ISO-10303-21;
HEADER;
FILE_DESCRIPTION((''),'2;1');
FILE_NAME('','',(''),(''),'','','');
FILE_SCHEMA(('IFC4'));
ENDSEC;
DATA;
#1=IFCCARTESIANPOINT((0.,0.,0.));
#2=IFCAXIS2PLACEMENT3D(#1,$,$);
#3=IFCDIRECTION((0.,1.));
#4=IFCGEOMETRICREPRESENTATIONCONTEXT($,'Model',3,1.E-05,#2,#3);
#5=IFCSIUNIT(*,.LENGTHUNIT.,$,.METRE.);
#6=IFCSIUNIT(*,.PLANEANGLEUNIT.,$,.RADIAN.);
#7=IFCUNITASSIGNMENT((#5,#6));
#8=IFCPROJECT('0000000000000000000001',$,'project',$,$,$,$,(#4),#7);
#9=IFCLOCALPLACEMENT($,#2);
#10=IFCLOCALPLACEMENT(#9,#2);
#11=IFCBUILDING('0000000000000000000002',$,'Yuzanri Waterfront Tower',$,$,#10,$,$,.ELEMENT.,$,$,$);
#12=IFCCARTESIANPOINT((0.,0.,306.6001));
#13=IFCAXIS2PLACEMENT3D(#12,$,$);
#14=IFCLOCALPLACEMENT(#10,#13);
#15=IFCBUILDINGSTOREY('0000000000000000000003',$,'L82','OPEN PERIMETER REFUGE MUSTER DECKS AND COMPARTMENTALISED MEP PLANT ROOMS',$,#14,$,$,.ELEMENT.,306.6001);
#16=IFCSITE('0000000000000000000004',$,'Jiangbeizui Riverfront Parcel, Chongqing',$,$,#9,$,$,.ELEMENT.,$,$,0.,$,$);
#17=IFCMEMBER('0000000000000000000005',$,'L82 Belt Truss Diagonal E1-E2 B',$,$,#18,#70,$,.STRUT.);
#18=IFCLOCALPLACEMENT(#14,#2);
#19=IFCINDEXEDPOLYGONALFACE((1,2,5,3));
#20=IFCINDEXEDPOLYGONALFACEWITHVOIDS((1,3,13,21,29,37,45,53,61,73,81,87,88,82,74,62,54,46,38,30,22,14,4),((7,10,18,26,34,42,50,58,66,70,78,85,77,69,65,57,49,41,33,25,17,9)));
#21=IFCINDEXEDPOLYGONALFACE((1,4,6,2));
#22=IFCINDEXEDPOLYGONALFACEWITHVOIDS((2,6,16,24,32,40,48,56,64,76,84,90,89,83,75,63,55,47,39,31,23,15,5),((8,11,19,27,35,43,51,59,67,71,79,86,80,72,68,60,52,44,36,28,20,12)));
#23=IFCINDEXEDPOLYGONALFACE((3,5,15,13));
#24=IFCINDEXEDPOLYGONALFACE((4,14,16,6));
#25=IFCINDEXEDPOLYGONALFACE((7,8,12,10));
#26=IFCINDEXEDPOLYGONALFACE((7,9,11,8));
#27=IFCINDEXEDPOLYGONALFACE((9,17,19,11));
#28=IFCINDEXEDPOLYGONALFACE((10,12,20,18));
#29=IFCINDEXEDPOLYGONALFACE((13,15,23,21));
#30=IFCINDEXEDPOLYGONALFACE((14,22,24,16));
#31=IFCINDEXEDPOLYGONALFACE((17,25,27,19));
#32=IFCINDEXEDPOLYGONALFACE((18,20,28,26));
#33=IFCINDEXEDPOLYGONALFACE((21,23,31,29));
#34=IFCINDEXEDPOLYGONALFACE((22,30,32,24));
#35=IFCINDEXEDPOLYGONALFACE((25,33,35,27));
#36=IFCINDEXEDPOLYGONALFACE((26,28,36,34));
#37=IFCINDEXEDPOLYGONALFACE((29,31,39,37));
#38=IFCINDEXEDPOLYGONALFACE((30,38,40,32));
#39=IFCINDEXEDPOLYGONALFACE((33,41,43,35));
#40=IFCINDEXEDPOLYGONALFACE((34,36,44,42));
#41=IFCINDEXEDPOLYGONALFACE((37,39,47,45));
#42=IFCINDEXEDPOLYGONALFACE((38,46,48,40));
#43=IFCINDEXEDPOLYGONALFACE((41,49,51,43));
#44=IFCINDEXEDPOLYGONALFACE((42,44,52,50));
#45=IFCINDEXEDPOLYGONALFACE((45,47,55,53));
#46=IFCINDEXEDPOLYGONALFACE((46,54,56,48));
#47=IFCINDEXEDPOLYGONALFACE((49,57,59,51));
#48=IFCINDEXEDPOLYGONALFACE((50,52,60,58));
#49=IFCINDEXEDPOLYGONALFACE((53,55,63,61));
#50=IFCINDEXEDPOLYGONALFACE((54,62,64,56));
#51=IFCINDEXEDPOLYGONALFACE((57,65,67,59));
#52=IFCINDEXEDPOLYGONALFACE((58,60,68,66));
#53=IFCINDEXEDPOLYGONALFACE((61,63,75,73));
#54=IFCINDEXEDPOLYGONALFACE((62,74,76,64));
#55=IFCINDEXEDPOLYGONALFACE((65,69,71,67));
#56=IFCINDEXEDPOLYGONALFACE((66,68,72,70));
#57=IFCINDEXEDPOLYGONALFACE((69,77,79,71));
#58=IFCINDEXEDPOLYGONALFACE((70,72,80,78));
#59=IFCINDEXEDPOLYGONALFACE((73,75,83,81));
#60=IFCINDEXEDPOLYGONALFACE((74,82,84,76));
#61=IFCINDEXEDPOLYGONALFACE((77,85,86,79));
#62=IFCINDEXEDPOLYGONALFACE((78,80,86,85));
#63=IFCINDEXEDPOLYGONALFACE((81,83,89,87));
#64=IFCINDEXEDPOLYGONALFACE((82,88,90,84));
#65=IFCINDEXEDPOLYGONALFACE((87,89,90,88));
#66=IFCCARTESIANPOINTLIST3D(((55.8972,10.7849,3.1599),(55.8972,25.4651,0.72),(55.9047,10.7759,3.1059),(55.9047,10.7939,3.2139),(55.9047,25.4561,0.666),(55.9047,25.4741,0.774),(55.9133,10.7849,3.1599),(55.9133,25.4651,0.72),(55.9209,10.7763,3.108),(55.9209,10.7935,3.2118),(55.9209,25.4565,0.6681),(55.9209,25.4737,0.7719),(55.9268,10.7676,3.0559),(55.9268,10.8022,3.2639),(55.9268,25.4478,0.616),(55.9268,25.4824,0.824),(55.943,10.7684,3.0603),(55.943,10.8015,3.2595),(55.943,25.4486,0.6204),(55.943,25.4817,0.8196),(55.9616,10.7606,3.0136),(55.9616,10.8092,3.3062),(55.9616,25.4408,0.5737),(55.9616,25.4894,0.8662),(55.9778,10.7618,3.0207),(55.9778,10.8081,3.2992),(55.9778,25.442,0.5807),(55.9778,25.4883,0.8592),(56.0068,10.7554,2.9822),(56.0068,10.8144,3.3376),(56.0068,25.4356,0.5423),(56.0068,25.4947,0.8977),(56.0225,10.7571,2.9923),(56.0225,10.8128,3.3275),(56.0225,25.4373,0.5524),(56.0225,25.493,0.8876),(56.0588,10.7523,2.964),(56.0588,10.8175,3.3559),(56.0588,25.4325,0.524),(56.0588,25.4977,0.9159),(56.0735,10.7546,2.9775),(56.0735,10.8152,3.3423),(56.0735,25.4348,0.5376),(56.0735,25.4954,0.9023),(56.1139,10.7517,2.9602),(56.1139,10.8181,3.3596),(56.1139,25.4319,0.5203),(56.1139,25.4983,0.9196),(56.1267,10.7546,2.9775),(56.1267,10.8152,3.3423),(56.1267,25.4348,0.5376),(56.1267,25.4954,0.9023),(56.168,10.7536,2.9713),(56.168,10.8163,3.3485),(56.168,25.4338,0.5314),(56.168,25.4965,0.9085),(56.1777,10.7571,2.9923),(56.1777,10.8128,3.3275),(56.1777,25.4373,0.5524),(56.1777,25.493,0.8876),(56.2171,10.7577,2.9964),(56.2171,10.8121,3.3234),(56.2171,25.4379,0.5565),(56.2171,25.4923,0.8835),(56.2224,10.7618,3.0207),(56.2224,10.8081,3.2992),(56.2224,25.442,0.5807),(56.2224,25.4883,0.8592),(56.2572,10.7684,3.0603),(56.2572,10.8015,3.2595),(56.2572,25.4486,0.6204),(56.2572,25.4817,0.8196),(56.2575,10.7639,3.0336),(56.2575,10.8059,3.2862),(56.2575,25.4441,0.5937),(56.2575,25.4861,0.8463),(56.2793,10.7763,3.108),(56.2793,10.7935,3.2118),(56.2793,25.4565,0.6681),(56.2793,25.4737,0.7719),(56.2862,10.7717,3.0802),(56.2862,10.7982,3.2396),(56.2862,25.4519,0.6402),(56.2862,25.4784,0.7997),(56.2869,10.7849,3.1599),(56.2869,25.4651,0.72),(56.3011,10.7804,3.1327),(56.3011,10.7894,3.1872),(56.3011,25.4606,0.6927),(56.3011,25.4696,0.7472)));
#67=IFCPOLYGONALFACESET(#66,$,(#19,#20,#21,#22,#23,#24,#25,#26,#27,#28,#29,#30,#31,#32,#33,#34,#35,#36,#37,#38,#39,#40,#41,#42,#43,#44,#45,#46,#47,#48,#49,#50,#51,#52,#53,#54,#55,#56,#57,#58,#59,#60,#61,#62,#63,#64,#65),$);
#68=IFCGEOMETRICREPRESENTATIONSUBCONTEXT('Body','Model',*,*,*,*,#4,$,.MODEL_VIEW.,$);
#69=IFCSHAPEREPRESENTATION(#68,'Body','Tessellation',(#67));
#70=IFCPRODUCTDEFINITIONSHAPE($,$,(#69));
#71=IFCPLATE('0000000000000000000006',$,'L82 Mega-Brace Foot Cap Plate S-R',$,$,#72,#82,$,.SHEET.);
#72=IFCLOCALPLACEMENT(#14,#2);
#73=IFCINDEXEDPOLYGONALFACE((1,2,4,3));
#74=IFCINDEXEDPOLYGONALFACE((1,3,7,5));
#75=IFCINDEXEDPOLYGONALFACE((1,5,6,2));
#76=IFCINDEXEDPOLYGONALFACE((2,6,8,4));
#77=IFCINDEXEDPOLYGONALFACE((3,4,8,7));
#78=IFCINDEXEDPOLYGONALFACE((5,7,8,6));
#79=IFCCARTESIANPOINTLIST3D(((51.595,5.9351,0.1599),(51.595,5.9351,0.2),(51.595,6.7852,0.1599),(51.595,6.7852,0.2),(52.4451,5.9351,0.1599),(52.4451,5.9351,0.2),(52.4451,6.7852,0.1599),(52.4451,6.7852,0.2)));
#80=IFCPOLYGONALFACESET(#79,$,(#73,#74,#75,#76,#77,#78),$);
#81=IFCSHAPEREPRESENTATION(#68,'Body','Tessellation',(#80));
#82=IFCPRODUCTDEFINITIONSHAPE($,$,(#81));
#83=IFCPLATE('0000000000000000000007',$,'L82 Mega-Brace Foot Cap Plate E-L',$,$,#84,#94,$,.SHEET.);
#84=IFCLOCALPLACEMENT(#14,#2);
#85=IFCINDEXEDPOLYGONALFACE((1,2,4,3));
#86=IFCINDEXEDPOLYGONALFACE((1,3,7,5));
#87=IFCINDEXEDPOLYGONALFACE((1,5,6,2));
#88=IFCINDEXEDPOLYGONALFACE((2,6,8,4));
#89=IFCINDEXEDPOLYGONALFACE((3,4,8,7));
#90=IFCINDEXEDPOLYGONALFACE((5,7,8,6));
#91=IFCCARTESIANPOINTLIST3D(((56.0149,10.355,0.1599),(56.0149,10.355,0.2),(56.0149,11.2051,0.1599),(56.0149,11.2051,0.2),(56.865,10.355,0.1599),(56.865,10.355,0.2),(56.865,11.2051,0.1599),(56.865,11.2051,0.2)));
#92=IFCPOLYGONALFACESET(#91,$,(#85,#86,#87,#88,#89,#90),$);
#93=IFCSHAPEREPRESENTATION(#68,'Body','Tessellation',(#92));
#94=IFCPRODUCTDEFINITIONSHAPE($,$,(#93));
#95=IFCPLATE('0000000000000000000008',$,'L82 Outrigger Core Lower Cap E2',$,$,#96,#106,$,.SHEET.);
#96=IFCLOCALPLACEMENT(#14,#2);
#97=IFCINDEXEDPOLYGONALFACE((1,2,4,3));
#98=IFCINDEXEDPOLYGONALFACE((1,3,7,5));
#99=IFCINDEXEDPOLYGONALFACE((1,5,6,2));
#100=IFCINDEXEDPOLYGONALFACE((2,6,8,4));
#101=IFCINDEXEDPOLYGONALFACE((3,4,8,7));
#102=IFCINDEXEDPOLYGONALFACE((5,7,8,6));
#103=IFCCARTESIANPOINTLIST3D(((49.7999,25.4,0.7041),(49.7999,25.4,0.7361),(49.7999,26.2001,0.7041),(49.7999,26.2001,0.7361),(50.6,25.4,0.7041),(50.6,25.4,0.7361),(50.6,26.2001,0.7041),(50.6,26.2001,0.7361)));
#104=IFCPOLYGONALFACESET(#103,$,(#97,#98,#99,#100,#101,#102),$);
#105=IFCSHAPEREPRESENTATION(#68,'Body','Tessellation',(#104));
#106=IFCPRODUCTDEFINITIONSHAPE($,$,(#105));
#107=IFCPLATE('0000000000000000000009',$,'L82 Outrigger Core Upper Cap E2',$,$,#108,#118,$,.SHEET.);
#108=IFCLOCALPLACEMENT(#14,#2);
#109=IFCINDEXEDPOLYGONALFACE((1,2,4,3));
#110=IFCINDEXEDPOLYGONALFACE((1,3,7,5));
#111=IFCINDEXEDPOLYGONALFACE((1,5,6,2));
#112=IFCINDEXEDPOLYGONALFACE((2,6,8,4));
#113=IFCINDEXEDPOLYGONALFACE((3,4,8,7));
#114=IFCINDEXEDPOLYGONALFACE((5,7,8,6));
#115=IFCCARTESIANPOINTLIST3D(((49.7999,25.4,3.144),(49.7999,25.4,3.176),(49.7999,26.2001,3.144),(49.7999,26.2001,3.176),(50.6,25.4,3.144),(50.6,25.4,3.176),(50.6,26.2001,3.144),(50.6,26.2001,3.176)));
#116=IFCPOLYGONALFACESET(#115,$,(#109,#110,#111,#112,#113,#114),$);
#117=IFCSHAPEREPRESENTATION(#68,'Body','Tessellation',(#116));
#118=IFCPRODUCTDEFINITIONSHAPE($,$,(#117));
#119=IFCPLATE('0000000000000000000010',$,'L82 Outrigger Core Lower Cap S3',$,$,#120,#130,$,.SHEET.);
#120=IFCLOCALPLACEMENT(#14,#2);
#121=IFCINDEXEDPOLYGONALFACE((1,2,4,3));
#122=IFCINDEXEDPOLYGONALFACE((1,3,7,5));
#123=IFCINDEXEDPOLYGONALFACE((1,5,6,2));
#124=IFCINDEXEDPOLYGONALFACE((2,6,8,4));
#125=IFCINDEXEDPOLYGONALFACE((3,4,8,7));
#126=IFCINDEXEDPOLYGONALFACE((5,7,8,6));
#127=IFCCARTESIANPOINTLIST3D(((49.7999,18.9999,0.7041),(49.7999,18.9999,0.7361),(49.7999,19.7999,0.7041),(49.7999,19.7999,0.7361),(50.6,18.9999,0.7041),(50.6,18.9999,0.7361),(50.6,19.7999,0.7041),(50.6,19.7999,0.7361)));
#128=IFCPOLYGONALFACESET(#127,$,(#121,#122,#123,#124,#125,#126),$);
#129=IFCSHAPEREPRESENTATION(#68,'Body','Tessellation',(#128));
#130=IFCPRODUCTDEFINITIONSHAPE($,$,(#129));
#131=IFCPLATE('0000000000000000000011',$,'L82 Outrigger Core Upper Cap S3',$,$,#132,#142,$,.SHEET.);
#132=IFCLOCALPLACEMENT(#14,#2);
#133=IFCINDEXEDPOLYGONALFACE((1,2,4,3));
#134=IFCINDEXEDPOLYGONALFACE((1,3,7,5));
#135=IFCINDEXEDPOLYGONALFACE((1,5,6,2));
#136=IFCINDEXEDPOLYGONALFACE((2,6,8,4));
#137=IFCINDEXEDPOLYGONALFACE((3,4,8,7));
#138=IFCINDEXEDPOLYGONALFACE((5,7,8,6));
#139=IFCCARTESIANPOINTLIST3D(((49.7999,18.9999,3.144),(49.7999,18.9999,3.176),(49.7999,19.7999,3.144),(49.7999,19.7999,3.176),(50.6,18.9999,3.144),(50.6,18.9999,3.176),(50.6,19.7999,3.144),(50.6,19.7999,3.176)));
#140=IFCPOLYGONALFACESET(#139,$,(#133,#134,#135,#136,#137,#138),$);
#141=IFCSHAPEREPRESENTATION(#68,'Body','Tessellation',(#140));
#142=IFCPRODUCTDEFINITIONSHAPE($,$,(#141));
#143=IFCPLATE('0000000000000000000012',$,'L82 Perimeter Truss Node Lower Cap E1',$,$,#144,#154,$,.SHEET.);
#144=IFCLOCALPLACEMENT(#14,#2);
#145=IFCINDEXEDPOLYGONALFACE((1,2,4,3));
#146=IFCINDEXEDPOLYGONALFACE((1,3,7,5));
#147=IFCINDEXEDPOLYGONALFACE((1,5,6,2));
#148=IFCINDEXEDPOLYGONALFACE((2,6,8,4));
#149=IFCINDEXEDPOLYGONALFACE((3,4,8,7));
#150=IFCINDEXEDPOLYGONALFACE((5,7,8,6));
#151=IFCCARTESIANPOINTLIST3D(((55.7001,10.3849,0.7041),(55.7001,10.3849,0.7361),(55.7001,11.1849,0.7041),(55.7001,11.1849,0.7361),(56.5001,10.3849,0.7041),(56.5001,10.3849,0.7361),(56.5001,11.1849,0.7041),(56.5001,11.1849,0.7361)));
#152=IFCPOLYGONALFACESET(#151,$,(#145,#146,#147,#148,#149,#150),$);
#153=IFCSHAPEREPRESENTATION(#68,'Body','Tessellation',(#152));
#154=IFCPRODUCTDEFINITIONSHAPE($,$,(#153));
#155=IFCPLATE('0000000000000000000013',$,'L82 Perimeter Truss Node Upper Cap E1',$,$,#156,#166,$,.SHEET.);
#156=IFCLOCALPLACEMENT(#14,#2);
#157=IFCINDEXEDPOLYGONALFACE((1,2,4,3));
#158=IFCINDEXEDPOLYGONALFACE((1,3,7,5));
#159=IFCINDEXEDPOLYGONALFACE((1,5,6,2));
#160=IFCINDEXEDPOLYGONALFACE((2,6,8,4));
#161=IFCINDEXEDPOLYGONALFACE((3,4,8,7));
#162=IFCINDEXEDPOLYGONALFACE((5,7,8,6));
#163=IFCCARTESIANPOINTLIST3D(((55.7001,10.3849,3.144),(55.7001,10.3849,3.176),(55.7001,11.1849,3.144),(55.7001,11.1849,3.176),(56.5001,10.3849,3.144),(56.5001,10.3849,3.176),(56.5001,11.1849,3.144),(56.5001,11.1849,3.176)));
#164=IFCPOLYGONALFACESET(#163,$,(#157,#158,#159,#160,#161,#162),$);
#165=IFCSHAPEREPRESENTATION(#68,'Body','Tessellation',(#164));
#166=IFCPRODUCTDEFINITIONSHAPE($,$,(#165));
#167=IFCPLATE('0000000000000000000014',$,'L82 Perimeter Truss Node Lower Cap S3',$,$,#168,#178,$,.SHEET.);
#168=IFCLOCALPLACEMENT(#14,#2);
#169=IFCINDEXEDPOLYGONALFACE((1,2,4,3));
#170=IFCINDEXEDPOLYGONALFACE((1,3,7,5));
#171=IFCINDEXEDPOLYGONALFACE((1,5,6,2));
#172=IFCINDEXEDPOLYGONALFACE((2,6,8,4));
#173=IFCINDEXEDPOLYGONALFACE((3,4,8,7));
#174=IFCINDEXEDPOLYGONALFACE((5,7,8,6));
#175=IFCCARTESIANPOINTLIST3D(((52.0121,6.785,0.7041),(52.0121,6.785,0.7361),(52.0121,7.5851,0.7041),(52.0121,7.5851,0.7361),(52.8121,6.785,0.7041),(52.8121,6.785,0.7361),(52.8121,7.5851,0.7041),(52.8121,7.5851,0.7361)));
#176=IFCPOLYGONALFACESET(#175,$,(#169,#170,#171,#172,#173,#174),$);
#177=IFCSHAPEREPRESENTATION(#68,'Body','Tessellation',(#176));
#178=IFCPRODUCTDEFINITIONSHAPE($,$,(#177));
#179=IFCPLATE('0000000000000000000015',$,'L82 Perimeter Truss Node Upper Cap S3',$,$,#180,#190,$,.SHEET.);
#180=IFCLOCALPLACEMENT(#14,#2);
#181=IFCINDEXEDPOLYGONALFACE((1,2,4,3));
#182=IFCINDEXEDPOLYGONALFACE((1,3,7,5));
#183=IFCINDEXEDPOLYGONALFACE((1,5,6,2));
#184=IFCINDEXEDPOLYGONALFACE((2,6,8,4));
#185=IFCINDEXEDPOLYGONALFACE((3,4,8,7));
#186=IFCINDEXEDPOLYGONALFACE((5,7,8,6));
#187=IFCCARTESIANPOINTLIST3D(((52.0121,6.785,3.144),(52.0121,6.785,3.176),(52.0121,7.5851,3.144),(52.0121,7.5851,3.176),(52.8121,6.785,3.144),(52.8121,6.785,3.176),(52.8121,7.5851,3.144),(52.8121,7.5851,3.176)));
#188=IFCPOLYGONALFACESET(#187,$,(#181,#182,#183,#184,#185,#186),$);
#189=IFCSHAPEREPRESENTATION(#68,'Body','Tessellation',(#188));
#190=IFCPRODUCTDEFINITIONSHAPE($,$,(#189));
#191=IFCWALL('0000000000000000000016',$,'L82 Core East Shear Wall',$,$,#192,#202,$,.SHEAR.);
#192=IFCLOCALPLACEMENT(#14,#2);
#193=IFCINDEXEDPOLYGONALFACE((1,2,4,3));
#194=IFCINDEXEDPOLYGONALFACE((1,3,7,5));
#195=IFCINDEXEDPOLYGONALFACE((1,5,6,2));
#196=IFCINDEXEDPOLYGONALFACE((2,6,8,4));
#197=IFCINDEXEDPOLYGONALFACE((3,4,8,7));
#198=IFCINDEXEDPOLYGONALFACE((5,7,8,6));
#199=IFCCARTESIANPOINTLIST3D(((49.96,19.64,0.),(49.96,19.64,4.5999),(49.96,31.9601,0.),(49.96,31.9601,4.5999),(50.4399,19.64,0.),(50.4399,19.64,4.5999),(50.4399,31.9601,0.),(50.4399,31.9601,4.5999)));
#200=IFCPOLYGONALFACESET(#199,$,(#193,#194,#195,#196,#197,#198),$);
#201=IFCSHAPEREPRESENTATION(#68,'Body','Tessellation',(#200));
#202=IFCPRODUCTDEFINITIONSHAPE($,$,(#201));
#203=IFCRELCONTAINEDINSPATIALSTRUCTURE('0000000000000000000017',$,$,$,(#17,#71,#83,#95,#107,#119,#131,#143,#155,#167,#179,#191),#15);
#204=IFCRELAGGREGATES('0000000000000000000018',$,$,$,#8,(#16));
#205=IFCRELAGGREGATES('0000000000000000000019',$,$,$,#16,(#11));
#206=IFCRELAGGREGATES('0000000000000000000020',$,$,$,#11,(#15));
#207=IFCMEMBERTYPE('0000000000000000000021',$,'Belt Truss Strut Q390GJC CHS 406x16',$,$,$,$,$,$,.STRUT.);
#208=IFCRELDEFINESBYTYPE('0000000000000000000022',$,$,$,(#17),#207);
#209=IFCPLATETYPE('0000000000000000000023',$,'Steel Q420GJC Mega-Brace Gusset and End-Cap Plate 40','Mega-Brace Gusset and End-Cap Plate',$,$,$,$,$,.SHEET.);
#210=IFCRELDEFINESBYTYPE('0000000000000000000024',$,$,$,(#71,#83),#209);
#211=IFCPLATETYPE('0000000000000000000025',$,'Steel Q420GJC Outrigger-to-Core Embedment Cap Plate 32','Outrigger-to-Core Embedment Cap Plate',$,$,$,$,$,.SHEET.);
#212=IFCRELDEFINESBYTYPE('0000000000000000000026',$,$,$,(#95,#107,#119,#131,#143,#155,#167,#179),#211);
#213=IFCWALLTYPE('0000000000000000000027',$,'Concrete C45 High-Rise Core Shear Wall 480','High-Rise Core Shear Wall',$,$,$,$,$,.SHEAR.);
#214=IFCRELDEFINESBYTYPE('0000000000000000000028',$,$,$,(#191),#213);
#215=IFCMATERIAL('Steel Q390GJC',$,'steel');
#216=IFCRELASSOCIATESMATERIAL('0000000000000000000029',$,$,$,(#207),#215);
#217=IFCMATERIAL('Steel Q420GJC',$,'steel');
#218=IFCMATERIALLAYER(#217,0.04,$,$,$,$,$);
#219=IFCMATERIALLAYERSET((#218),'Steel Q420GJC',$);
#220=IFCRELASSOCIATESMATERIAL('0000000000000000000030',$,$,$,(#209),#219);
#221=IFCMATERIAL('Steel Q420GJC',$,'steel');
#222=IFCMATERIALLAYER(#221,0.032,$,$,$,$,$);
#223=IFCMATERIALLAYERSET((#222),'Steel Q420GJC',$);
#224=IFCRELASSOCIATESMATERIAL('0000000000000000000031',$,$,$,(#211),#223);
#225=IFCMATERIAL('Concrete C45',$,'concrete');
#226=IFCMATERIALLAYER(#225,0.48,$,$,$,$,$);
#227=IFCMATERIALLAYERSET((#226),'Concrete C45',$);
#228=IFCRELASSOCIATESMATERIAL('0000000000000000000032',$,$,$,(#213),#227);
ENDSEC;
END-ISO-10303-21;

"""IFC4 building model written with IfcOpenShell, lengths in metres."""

from ifc_helpers import new_model, si_unit, direction, frame, frame_2d, origin, origin_2d, place, context, subcontext, project, spatial, rectangle, hollow_circle, extrude, source, transform, mapped, material, layer, layer_set, material_profile, profile_set, type_object, element, save


model = new_model("IFC4")

# Units and contexts
model_context = context("Model", 3, precision=1e-05, world=origin(), true_north=direction((0.0, 1.0)))
body_context = subcontext(model_context, "Body", "Model", "MODEL_VIEW")
ifc_project = project(units=[si_unit("LENGTHUNIT", "METRE"), si_unit("PLANEANGLEUNIT", "RADIAN")], contexts=[model_context])

# Site, building, storey
site_placement = place(None, origin())
site = spatial("IfcSite", under=ifc_project, at=site_placement, Name="Jiangbeizui Riverfront Parcel, Chongqing", CompositionType="ELEMENT", RefElevation=0.0)
building_placement = place(site_placement, origin())
building = spatial("IfcBuilding", under=site, at=building_placement, Name="Yuzanri Waterfront Tower", CompositionType="ELEMENT")
storey_placement = place(building_placement, frame((0.0, 0.0, 306.6001)))
storey = spatial("IfcBuildingStorey", under=building, at=storey_placement, Name="L82", Description="OPEN PERIMETER REFUGE MUSTER DECKS AND COMPARTMENTALISED MEP PLANT ROOMS", CompositionType="ELEMENT", Elevation=306.6001)

# Member
ifc_material_1 = material(Name="Steel Q390GJC", Category="steel")
ifc_material_profile_1 = material_profile(ifc_material_1, hollow_circle(Radius=0.2029, WallThickness=0.0161, at=origin_2d()), Name="CHS 406x16")
ifc_profile_set_1 = profile_set([ifc_material_profile_1], Name="Steel Q390GJC")
member_type_1 = type_object("IfcMemberType", Name="Belt Truss Strut Q390GJC CHS 406x16", PredefinedType="STRUT", material=ifc_profile_set_1)
shared_shape_1 = source(origin(), body_context, "Body", "SweptSolid", [
    extrude(hollow_circle(Radius=0.2029, WallThickness=0.0161, at=origin_2d()), origin(), (0.0, 0.0, 1.0), 14.8816),
])
for number, where, z_axis, x_axis, name in (
    (1, (56.1001, 10.7849, 3.1599), (0.0, 0.986467, -0.163957), (-1.0, 0.0, 0.0), "L82 Belt Truss Diagonal E1-E2 B"),
):
    element("IfcMember", number, at=place(storey_placement, frame(where, z_axis=z_axis, x_axis=x_axis)), inside=storey, type_object=member_type_1, Name=name, PredefinedType="STRUT", context=body_context, shape_type="MappedRepresentation", body=[
        mapped(shared_shape_1, transform((0.0, 0.0, 0.0), scale=1.0)),
    ])

# Plates
ifc_material_2 = material(Name="Steel Q420GJC", Category="steel")
ifc_layer_1 = layer(ifc_material_2, 0.04)
ifc_layer_set_1 = layer_set([ifc_layer_1], Name="Steel Q420GJC")
plate_type_1 = type_object("IfcPlateType", Name="Steel Q420GJC Mega-Brace Gusset and End-Cap Plate 40", Description="Mega-Brace Gusset and End-Cap Plate", PredefinedType="SHEET", material=ifc_layer_set_1)
shared_shape_2 = source(origin(), body_context, "Body", "SweptSolid", [
    extrude(rectangle(XDim=0.8501, YDim=0.8501, at=origin_2d()), origin(), (0.0, 0.0, 1.0), 0.04),
])
for number, where, z_axis, x_axis, name in (
    (2, (52.02, 6.3601, 0.1599), (0.0, 0.0, 1.0), (1.0, 0.0, 0.0), "L82 Mega-Brace Foot Cap Plate S-R"),
    (3, (56.4399, 10.78, 0.1599), (0.0, 0.0, 1.0), (1.0, 0.0, 0.0), "L82 Mega-Brace Foot Cap Plate E-L"),
):
    element("IfcPlate", number, at=place(storey_placement, frame(where, z_axis=z_axis, x_axis=x_axis)), inside=storey, type_object=plate_type_1, Name=name, PredefinedType="SHEET", context=body_context, shape_type="MappedRepresentation", body=[
        mapped(shared_shape_2, transform((0.0, 0.0, 0.0), scale=1.0)),
    ])
ifc_material_3 = material(Name="Steel Q420GJC", Category="steel")
ifc_layer_2 = layer(ifc_material_3, 0.032)
ifc_layer_set_2 = layer_set([ifc_layer_2], Name="Steel Q420GJC")
plate_type_2 = type_object("IfcPlateType", Name="Steel Q420GJC Outrigger-to-Core Embedment Cap Plate 32", Description="Outrigger-to-Core Embedment Cap Plate", PredefinedType="SHEET", material=ifc_layer_set_2)
shared_shape_3 = source(origin(), body_context, "Body", "SweptSolid", [
    extrude(rectangle(XDim=0.8, YDim=0.8, at=origin_2d()), origin(), (0.0, 0.0, 1.0), 0.032),
])
for number, where, z_axis, x_axis, name in (
    (4, (50.2, 25.8, 0.7041), (0.0, 0.0, 1.0), (1.0, 0.0, 0.0), "L82 Outrigger Core Lower Cap E2"),
    (5, (50.2, 25.8, 3.144), (0.0, 0.0, 1.0), (1.0, 0.0, 0.0), "L82 Outrigger Core Upper Cap E2"),
    (6, (50.2, 19.3999, 0.7041), (0.0, 0.0, 1.0), (1.0, 0.0, 0.0), "L82 Outrigger Core Lower Cap S3"),
    (7, (50.2, 19.3999, 3.144), (0.0, 0.0, 1.0), (1.0, 0.0, 0.0), "L82 Outrigger Core Upper Cap S3"),
    (8, (56.1001, 10.7849, 0.7041), (0.0, 0.0, 1.0), (1.0, 0.0, 0.0), "L82 Perimeter Truss Node Lower Cap E1"),
    (9, (56.1001, 10.7849, 3.144), (0.0, 0.0, 1.0), (1.0, 0.0, 0.0), "L82 Perimeter Truss Node Upper Cap E1"),
    (10, (52.4121, 7.1851, 0.7041), (0.0, 0.0, 1.0), (1.0, 0.0, 0.0), "L82 Perimeter Truss Node Lower Cap S3"),
    (11, (52.4121, 7.1851, 3.144), (0.0, 0.0, 1.0), (1.0, 0.0, 0.0), "L82 Perimeter Truss Node Upper Cap S3"),
):
    element("IfcPlate", number, at=place(storey_placement, frame(where, z_axis=z_axis, x_axis=x_axis)), inside=storey, type_object=plate_type_2, Name=name, PredefinedType="SHEET", context=body_context, shape_type="MappedRepresentation", body=[
        mapped(shared_shape_3, transform((0.0, 0.0, 0.0), scale=1.0)),
    ])

# Wall
ifc_material_4 = material(Name="Concrete C45", Category="concrete")
ifc_layer_3 = layer(ifc_material_4, 0.48)
ifc_layer_set_3 = layer_set([ifc_layer_3], Name="Concrete C45")
wall_type_1 = type_object("IfcWallType", Name="Concrete C45 High-Rise Core Shear Wall 480", Description="High-Rise Core Shear Wall", PredefinedType="SHEAR", material=ifc_layer_set_3)
shared_shape_4 = source(origin(), body_context, "Body", "SweptSolid", [
    extrude(rectangle(XDim=12.3201, YDim=0.48, at=frame_2d((6.1602, 0.0))), origin(), (0.0, 0.0, 1.0), 4.5999),
])
wall_placement = place(storey_placement, frame((50.2, 19.6399, 0.0), z_axis=(0.0, 0.0, 1.0), x_axis=(0.0, 1.0, 0.0)))
element("IfcWall", 12, at=wall_placement, inside=storey, type_object=wall_type_1, Name="L82 Core East Shear Wall", PredefinedType="SHEAR", context=body_context, shape_type="MappedRepresentation", body=[
    mapped(shared_shape_4, transform((0.0, 0.0, 0.0), scale=1.0)),
])

save(model, "model.ifc")
